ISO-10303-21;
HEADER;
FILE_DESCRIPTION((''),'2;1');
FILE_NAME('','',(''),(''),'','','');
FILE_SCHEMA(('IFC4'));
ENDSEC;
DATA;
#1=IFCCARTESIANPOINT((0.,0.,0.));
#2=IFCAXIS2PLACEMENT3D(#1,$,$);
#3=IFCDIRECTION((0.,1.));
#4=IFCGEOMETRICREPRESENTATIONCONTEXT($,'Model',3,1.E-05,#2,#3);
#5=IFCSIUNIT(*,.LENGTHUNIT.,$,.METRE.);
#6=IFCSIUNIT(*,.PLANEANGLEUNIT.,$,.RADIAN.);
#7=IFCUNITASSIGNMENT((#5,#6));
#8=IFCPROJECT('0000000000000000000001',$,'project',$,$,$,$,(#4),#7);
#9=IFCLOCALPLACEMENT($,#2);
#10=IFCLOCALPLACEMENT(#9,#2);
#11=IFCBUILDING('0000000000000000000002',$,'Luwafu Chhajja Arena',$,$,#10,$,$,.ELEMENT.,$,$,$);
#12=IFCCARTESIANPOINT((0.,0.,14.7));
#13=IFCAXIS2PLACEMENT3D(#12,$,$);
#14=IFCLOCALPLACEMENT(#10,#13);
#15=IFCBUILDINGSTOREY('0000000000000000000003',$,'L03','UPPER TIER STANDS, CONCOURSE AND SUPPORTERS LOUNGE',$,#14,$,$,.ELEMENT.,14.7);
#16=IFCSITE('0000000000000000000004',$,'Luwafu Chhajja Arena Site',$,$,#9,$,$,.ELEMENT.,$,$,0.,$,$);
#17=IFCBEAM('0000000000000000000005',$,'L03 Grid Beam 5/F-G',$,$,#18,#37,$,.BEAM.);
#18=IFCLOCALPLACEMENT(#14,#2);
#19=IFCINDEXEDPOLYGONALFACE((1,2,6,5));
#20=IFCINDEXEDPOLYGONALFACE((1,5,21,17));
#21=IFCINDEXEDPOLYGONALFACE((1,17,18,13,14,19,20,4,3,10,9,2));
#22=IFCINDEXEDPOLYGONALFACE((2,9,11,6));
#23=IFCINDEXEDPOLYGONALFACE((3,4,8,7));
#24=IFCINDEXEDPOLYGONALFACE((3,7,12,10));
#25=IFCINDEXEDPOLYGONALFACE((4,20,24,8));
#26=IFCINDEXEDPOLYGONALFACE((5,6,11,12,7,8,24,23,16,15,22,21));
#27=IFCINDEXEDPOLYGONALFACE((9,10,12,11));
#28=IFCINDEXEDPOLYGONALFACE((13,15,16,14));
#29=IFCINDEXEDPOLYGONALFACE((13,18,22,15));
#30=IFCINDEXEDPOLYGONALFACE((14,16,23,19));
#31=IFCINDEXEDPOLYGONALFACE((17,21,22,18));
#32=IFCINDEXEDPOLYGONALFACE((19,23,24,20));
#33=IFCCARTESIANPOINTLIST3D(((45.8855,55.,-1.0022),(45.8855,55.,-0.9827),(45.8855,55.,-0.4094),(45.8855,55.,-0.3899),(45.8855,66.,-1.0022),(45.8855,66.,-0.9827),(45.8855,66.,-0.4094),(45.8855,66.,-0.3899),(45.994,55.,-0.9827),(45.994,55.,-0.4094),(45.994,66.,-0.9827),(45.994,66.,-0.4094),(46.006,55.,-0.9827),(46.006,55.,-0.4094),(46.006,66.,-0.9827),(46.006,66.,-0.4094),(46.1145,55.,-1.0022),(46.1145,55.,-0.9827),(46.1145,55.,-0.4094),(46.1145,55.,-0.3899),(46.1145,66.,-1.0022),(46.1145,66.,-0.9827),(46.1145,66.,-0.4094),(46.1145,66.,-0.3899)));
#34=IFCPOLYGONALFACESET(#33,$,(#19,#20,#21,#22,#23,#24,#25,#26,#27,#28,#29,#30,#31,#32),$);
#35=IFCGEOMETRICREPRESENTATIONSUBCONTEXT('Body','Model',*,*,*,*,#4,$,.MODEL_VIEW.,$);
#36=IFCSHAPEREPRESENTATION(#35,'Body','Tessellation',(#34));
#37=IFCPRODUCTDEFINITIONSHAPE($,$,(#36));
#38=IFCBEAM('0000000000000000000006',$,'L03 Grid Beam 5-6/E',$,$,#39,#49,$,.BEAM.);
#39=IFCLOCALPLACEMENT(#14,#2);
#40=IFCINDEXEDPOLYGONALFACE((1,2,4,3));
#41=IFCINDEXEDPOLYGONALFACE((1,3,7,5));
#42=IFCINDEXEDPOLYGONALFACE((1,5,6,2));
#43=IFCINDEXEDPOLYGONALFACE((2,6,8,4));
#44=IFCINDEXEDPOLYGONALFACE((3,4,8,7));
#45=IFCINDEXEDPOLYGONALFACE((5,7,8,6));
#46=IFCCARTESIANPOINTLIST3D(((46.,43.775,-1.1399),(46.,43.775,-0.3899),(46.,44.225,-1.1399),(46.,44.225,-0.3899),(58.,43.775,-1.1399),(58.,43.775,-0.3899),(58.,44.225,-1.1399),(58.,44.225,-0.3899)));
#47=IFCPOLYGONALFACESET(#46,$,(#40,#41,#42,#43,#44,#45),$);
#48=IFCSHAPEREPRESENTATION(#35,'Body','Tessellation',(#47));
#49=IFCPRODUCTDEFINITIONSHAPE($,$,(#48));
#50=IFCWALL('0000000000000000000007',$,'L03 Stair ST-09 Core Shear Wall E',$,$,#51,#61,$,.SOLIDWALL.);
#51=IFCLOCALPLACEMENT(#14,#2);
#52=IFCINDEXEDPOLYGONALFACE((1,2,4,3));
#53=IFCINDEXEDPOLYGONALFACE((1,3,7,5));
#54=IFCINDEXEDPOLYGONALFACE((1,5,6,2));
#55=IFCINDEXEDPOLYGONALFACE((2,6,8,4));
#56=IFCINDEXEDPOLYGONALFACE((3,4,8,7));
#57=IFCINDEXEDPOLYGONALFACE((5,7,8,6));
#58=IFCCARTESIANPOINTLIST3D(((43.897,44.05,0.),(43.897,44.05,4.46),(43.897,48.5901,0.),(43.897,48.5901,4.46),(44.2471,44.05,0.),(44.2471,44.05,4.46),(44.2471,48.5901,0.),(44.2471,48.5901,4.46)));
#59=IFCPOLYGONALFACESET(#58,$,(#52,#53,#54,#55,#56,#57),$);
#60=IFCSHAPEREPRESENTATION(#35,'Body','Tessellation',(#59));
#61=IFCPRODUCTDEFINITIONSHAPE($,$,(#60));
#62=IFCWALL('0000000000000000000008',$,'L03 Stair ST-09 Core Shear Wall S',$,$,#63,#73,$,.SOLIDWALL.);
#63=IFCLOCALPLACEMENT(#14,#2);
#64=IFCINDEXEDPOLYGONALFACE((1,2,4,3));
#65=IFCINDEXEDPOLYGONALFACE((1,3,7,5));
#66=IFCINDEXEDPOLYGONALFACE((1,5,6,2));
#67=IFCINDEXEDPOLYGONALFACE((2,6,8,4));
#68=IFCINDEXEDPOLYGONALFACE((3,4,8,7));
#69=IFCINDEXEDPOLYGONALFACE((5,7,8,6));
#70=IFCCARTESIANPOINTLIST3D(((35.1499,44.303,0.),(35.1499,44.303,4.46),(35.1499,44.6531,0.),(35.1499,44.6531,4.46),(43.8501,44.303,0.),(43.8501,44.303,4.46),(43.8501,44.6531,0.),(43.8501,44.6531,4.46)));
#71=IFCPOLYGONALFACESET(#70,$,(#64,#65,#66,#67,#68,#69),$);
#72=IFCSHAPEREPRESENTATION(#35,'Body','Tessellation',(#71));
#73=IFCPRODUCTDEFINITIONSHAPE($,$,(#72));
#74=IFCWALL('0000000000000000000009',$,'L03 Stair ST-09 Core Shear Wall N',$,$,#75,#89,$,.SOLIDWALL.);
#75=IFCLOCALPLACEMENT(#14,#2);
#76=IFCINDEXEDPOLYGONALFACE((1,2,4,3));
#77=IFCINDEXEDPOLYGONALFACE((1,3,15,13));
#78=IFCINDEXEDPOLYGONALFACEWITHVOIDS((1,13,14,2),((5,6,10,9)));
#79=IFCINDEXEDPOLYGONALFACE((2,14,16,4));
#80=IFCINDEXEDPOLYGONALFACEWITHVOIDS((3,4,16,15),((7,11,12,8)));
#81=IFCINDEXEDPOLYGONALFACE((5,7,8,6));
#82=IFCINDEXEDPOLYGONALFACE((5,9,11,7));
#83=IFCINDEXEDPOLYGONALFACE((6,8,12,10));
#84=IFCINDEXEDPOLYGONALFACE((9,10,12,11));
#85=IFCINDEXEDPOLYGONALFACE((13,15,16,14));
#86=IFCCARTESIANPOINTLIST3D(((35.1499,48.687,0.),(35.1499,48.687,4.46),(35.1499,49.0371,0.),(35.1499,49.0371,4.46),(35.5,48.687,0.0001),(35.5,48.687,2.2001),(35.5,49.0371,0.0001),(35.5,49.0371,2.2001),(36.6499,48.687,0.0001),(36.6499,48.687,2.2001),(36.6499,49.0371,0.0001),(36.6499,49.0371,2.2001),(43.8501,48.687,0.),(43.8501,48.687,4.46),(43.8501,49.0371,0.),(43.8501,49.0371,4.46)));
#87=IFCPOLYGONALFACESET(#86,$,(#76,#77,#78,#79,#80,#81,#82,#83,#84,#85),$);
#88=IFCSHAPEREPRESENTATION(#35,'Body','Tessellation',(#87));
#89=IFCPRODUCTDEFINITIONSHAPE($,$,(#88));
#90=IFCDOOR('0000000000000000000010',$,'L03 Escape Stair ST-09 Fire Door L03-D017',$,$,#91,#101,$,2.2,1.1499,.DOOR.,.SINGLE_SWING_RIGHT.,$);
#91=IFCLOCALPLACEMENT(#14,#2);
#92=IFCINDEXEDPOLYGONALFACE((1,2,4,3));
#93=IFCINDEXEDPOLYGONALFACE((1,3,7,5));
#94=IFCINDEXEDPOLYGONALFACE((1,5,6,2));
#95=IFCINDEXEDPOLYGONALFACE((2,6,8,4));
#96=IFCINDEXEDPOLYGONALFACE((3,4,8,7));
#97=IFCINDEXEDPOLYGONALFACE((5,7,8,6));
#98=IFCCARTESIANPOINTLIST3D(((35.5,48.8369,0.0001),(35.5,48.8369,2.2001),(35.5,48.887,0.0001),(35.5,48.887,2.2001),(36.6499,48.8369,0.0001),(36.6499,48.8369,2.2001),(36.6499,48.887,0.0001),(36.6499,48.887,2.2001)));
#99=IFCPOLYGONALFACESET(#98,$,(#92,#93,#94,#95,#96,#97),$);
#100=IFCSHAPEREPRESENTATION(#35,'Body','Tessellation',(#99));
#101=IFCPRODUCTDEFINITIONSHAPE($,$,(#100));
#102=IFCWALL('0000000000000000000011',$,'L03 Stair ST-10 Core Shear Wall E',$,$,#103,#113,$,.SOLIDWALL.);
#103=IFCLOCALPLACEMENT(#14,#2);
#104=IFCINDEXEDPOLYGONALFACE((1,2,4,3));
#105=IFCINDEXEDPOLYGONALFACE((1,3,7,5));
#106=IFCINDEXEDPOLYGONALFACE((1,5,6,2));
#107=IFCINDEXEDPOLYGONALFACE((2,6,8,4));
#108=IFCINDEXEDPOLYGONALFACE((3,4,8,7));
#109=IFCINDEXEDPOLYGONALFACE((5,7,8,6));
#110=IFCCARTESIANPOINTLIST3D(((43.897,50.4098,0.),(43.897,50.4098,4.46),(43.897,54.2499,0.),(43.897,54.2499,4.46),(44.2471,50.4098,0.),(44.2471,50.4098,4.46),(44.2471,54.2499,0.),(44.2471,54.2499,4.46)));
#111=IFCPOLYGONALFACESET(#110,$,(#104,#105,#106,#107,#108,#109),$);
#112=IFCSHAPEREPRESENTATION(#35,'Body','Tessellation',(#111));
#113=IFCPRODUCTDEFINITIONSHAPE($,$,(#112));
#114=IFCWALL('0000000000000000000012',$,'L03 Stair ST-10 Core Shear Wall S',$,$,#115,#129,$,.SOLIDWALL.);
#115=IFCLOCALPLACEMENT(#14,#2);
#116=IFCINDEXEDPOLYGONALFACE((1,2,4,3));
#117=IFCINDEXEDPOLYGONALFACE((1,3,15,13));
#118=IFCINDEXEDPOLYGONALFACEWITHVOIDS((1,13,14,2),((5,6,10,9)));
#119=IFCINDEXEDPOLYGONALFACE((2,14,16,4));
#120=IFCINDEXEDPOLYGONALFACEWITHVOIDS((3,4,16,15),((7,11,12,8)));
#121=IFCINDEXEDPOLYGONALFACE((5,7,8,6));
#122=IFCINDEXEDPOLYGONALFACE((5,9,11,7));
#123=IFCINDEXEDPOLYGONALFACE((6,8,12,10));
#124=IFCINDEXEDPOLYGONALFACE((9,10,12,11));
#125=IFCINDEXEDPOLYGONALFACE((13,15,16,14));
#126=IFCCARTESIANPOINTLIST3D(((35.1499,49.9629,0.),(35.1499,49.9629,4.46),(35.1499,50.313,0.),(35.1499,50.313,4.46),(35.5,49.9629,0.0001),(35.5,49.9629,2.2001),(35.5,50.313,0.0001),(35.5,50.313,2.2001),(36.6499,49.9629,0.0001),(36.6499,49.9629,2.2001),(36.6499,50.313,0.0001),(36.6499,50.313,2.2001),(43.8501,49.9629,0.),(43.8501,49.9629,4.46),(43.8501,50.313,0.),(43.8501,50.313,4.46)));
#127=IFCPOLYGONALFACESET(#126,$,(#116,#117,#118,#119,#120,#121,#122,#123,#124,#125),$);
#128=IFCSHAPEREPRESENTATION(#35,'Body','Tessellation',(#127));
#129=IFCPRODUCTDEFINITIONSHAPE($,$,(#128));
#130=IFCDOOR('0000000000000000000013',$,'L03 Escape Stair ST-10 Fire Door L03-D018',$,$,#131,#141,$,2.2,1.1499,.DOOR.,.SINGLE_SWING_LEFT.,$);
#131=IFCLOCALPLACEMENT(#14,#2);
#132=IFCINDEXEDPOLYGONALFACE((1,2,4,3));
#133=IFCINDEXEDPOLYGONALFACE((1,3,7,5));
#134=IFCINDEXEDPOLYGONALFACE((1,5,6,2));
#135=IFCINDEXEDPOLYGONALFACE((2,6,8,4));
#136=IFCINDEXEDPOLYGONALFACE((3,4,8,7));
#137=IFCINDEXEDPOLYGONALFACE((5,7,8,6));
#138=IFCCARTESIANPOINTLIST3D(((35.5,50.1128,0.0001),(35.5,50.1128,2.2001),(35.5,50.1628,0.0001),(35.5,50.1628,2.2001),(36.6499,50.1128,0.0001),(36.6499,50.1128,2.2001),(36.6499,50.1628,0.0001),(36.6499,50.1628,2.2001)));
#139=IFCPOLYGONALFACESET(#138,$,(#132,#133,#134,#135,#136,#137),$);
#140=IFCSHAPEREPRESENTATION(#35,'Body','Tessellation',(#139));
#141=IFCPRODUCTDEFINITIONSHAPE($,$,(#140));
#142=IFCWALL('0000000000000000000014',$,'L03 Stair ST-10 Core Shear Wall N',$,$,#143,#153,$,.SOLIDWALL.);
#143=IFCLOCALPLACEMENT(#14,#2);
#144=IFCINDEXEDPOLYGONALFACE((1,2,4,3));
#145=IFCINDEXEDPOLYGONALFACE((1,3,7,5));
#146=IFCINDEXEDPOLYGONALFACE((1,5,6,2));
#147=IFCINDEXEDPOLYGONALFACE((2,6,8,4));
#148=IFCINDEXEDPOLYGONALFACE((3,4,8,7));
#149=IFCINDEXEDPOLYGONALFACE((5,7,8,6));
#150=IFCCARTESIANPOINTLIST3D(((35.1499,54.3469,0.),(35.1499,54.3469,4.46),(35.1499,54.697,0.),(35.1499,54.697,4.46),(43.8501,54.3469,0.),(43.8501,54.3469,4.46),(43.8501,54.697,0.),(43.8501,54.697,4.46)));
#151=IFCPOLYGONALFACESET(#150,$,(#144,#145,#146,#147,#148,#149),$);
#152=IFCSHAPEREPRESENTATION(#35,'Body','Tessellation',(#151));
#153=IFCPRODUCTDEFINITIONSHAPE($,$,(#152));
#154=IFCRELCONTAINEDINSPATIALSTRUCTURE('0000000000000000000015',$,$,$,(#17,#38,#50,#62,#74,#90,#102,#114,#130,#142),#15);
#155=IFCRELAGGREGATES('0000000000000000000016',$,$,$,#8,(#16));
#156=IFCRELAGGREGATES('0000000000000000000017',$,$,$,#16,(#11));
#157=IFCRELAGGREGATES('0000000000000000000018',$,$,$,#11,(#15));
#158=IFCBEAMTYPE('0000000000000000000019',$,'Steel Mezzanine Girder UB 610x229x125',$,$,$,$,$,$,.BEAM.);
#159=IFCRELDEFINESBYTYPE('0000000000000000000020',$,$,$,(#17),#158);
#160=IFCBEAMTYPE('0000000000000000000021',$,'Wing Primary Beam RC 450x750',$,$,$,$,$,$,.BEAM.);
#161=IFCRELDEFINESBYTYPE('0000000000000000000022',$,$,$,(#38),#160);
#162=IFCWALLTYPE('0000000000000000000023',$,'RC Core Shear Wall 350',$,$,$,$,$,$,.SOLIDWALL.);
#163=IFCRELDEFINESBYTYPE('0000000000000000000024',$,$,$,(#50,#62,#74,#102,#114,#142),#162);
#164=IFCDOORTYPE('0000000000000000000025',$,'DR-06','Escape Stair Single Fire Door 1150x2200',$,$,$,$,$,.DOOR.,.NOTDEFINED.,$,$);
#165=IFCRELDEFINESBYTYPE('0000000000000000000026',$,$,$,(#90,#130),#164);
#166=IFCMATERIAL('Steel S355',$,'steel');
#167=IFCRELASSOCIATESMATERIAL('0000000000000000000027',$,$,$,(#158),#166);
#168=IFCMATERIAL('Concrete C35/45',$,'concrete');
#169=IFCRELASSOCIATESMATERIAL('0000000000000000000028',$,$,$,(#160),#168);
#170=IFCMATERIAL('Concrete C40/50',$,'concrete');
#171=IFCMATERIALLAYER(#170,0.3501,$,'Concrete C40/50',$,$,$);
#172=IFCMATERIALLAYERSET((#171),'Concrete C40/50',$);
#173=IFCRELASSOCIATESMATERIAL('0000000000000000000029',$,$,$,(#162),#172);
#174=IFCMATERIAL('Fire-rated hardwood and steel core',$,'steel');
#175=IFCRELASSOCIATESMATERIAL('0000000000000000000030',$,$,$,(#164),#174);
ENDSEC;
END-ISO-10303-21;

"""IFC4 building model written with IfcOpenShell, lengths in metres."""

from ifc_helpers import new_model, si_unit, direction, frame, frame_2d, origin, origin_2d, place, context, subcontext, project, spatial, rectangle, i_section, extrude, material, layer, layer_set, material_profile, profile_set, type_object, element, fill, save


model = new_model("IFC4")

# Units and contexts
model_context = context("Model", 3, precision=1e-05, world=origin(), true_north=direction((0.0, 1.0)))
body_context = subcontext(model_context, "Body", "Model", "MODEL_VIEW")
ifc_project = project(units=[si_unit("LENGTHUNIT", "METRE"), si_unit("PLANEANGLEUNIT", "RADIAN")], contexts=[model_context])

# Site, building, storey
site_placement = place(None, origin())
site = spatial("IfcSite", under=ifc_project, at=site_placement, Name="Luwafu Chhajja Arena Site", CompositionType="ELEMENT", RefElevation=0.0)
building_placement = place(site_placement, origin())
building = spatial("IfcBuilding", under=site, at=building_placement, Name="Luwafu Chhajja Arena", CompositionType="ELEMENT")
storey_placement = place(building_placement, frame((0.0, 0.0, 14.7)))
storey = spatial("IfcBuildingStorey", under=building, at=storey_placement, Name="L03", Description="UPPER TIER STANDS, CONCOURSE AND SUPPORTERS LOUNGE", CompositionType="ELEMENT", Elevation=14.7)

# Shared definitions
ifc_material_1 = material(Name="Concrete C40/50", Category="concrete")
ifc_material_2 = material(Name="Steel S355", Category="steel")

# Beams
ifc_material_3 = material(Name="Concrete C35/45", Category="concrete")
ifc_material_profile_1 = material_profile(ifc_material_2, i_section(OverallWidth=0.229, OverallDepth=0.6123, WebThickness=0.012, FlangeThickness=0.0195, at=origin_2d()), Name="UB 610x229x125")
ifc_profile_set_1 = profile_set([ifc_material_profile_1], Name="Steel S355")
beam_type_1 = type_object("IfcBeamType", Name="Steel Mezzanine Girder UB 610x229x125", PredefinedType="BEAM", material=ifc_profile_set_1)
beam_1_placement = place(storey_placement, frame((46.0, 55.0, -0.696), z_axis=(0.0, 1.0, 0.0), x_axis=(-1.0, 0.0, 0.0)))
element("IfcBeam", 1, at=beam_1_placement, inside=storey, type_object=beam_type_1, Name="L03 Grid Beam 5/F-G", PredefinedType="BEAM", context=body_context, shape_type="SweptSolid", body=[
    extrude(i_section(OverallWidth=0.229, OverallDepth=0.6123, WebThickness=0.012, FlangeThickness=0.0195, at=origin_2d()), origin(), (0.0, 0.0, 1.0), 11.0),
])
ifc_material_profile_2 = material_profile(ifc_material_3, rectangle(XDim=0.45, YDim=0.75, at=origin_2d()), Name="RC 450x750")
ifc_profile_set_2 = profile_set([ifc_material_profile_2], Name="Concrete C35/45")
beam_type_2 = type_object("IfcBeamType", Name="Wing Primary Beam RC 450x750", PredefinedType="BEAM", material=ifc_profile_set_2)
beam_2_placement = place(storey_placement, frame((46.0, 44.0, -0.7649), z_axis=(1.0, 0.0, 0.0), x_axis=(0.0, 1.0, 0.0)))
element("IfcBeam", 2, at=beam_2_placement, inside=storey, type_object=beam_type_2, Name="L03 Grid Beam 5-6/E", PredefinedType="BEAM", context=body_context, shape_type="SweptSolid", body=[
    extrude(rectangle(XDim=0.45, YDim=0.75, at=origin_2d()), origin(), (0.0, 0.0, 1.0), 12.0),
])

# Walls
ifc_layer = layer(ifc_material_1, 0.3501, Name="Concrete C40/50")
ifc_layer_set = layer_set([ifc_layer], Name="Concrete C40/50")
wall_type = type_object("IfcWallType", Name="RC Core Shear Wall 350", PredefinedType="SOLIDWALL", material=ifc_layer_set)
wall_1_placement = place(storey_placement, frame((44.072, 44.05, 0.0), z_axis=(0.0, 0.0, 1.0), x_axis=(0.0, 1.0, 0.0)))
element("IfcWall", 3, at=wall_1_placement, inside=storey, type_object=wall_type, Name="L03 Stair ST-09 Core Shear Wall E", PredefinedType="SOLIDWALL", context=body_context, shape_type="SweptSolid", body=[
    extrude(rectangle(XDim=4.54, YDim=0.3501, at=frame_2d((2.27, 0.0))), origin(), (0.0, 0.0, 1.0), 4.46),
])
wall_2_placement = place(storey_placement, frame((35.1499, 44.478, 0.0), z_axis=(0.0, 0.0, 1.0), x_axis=(1.0, 0.0, 0.0)))
element("IfcWall", 4, at=wall_2_placement, inside=storey, type_object=wall_type, Name="L03 Stair ST-09 Core Shear Wall S", PredefinedType="SOLIDWALL", context=body_context, shape_type="SweptSolid", body=[
    extrude(rectangle(XDim=8.7002, YDim=0.3501, at=frame_2d((4.3501, 0.0))), origin(), (0.0, 0.0, 1.0), 4.46),
])

# Wall, opening, door
wall_3_placement = place(storey_placement, frame((35.1499, 48.8621, 0.0), z_axis=(0.0, 0.0, 1.0), x_axis=(1.0, 0.0, 0.0)))
wall_3 = element("IfcWall", 5, at=wall_3_placement, inside=storey, type_object=wall_type, Name="L03 Stair ST-09 Core Shear Wall N", PredefinedType="SOLIDWALL", context=body_context, shape_type="SweptSolid", body=[
    extrude(rectangle(XDim=8.7002, YDim=0.3501, at=frame_2d((4.3501, 0.0))), origin(), (0.0, 0.0, 1.0), 4.46),
])
opening_1_placement = place(wall_3_placement, frame((0.3501, 0.0, 0.0)))
opening_1 = element("IfcOpeningElement", 6, at=opening_1_placement, cuts=wall_3, PredefinedType="OPENING", context=body_context, shape_type="SweptSolid", body=[
    extrude(rectangle(XDim=1.1499, YDim=2.2, at=frame_2d((0.575, 1.1001))), frame((0.0, 0.1851, 0.0), z_axis=(0.0, -1.0, 0.0), x_axis=(1.0, 0.0, 0.0)), (0.0, 0.0, 1.0), 0.3701),
])
ifc_material_4 = material(Name="Fire-rated hardwood and steel core", Category="steel")
door_type = type_object("IfcDoorType", Name="DR-06", Description="Escape Stair Single Fire Door 1150x2200", OperationType="NOTDEFINED", PredefinedType="DOOR", material=ifc_material_4)
door_1_placement = place(opening_1_placement, origin())
door_1 = element("IfcDoor", 7, at=door_1_placement, inside=storey, type_object=door_type, Name="L03 Escape Stair ST-09 Fire Door L03-D017", OperationType="SINGLE_SWING_RIGHT", OverallHeight=2.2, OverallWidth=1.1499, PredefinedType="DOOR", context=body_context, shape_type="SweptSolid", body=[
    extrude(rectangle(XDim=1.1499, YDim=2.2, at=frame_2d((0.575, 1.1001))), frame((0.0, 0.0249, 0.0), z_axis=(0.0, -1.0, 0.0), x_axis=(1.0, 0.0, 0.0)), (0.0, 0.0, 1.0), 0.05),
])
fill(opening_1, door_1)

# Wall
wall_4_placement = place(storey_placement, frame((44.072, 50.4099, 0.0), z_axis=(0.0, 0.0, 1.0), x_axis=(0.0, 1.0, 0.0)))
element("IfcWall", 8, at=wall_4_placement, inside=storey, type_object=wall_type, Name="L03 Stair ST-10 Core Shear Wall E", PredefinedType="SOLIDWALL", context=body_context, shape_type="SweptSolid", body=[
    extrude(rectangle(XDim=3.8401, YDim=0.3501, at=frame_2d((1.9199, 0.0))), origin(), (0.0, 0.0, 1.0), 4.46),
])

# Wall, opening, door
wall_5_placement = place(storey_placement, frame((35.1499, 50.1379, 0.0), z_axis=(0.0, 0.0, 1.0), x_axis=(1.0, 0.0, 0.0)))
wall_5 = element("IfcWall", 9, at=wall_5_placement, inside=storey, type_object=wall_type, Name="L03 Stair ST-10 Core Shear Wall S", PredefinedType="SOLIDWALL", context=body_context, shape_type="SweptSolid", body=[
    extrude(rectangle(XDim=8.7002, YDim=0.3501, at=frame_2d((4.3501, 0.0))), origin(), (0.0, 0.0, 1.0), 4.46),
])
opening_2_placement = place(wall_5_placement, frame((0.3501, 0.0, 0.0)))
opening_2 = element("IfcOpeningElement", 10, at=opening_2_placement, cuts=wall_5, PredefinedType="OPENING", context=body_context, shape_type="SweptSolid", body=[
    extrude(rectangle(XDim=1.1499, YDim=2.2, at=frame_2d((0.575, 1.1001))), frame((0.0, 0.1851, 0.0), z_axis=(0.0, -1.0, 0.0), x_axis=(1.0, 0.0, 0.0)), (0.0, 0.0, 1.0), 0.3701),
])
door_2_placement = place(opening_2_placement, origin())
door_2 = element("IfcDoor", 11, at=door_2_placement, inside=storey, type_object=door_type, Name="L03 Escape Stair ST-10 Fire Door L03-D018", OperationType="SINGLE_SWING_LEFT", OverallHeight=2.2, OverallWidth=1.1499, PredefinedType="DOOR", context=body_context, shape_type="SweptSolid", body=[
    extrude(rectangle(XDim=1.1499, YDim=2.2, at=frame_2d((0.575, 1.1001))), frame((0.0, 0.0249, 0.0), z_axis=(0.0, -1.0, 0.0), x_axis=(1.0, 0.0, 0.0)), (0.0, 0.0, 1.0), 0.05),
])
fill(opening_2, door_2)

# Wall
wall_6_placement = place(storey_placement, frame((35.1499, 54.522, 0.0), z_axis=(0.0, 0.0, 1.0), x_axis=(1.0, 0.0, 0.0)))
element("IfcWall", 12, at=wall_6_placement, inside=storey, type_object=wall_type, Name="L03 Stair ST-10 Core Shear Wall N", PredefinedType="SOLIDWALL", context=body_context, shape_type="SweptSolid", body=[
    extrude(rectangle(XDim=8.7002, YDim=0.3501, at=frame_2d((4.3501, 0.0))), origin(), (0.0, 0.0, 1.0), 4.46),
])

save(model, "model.ifc")
